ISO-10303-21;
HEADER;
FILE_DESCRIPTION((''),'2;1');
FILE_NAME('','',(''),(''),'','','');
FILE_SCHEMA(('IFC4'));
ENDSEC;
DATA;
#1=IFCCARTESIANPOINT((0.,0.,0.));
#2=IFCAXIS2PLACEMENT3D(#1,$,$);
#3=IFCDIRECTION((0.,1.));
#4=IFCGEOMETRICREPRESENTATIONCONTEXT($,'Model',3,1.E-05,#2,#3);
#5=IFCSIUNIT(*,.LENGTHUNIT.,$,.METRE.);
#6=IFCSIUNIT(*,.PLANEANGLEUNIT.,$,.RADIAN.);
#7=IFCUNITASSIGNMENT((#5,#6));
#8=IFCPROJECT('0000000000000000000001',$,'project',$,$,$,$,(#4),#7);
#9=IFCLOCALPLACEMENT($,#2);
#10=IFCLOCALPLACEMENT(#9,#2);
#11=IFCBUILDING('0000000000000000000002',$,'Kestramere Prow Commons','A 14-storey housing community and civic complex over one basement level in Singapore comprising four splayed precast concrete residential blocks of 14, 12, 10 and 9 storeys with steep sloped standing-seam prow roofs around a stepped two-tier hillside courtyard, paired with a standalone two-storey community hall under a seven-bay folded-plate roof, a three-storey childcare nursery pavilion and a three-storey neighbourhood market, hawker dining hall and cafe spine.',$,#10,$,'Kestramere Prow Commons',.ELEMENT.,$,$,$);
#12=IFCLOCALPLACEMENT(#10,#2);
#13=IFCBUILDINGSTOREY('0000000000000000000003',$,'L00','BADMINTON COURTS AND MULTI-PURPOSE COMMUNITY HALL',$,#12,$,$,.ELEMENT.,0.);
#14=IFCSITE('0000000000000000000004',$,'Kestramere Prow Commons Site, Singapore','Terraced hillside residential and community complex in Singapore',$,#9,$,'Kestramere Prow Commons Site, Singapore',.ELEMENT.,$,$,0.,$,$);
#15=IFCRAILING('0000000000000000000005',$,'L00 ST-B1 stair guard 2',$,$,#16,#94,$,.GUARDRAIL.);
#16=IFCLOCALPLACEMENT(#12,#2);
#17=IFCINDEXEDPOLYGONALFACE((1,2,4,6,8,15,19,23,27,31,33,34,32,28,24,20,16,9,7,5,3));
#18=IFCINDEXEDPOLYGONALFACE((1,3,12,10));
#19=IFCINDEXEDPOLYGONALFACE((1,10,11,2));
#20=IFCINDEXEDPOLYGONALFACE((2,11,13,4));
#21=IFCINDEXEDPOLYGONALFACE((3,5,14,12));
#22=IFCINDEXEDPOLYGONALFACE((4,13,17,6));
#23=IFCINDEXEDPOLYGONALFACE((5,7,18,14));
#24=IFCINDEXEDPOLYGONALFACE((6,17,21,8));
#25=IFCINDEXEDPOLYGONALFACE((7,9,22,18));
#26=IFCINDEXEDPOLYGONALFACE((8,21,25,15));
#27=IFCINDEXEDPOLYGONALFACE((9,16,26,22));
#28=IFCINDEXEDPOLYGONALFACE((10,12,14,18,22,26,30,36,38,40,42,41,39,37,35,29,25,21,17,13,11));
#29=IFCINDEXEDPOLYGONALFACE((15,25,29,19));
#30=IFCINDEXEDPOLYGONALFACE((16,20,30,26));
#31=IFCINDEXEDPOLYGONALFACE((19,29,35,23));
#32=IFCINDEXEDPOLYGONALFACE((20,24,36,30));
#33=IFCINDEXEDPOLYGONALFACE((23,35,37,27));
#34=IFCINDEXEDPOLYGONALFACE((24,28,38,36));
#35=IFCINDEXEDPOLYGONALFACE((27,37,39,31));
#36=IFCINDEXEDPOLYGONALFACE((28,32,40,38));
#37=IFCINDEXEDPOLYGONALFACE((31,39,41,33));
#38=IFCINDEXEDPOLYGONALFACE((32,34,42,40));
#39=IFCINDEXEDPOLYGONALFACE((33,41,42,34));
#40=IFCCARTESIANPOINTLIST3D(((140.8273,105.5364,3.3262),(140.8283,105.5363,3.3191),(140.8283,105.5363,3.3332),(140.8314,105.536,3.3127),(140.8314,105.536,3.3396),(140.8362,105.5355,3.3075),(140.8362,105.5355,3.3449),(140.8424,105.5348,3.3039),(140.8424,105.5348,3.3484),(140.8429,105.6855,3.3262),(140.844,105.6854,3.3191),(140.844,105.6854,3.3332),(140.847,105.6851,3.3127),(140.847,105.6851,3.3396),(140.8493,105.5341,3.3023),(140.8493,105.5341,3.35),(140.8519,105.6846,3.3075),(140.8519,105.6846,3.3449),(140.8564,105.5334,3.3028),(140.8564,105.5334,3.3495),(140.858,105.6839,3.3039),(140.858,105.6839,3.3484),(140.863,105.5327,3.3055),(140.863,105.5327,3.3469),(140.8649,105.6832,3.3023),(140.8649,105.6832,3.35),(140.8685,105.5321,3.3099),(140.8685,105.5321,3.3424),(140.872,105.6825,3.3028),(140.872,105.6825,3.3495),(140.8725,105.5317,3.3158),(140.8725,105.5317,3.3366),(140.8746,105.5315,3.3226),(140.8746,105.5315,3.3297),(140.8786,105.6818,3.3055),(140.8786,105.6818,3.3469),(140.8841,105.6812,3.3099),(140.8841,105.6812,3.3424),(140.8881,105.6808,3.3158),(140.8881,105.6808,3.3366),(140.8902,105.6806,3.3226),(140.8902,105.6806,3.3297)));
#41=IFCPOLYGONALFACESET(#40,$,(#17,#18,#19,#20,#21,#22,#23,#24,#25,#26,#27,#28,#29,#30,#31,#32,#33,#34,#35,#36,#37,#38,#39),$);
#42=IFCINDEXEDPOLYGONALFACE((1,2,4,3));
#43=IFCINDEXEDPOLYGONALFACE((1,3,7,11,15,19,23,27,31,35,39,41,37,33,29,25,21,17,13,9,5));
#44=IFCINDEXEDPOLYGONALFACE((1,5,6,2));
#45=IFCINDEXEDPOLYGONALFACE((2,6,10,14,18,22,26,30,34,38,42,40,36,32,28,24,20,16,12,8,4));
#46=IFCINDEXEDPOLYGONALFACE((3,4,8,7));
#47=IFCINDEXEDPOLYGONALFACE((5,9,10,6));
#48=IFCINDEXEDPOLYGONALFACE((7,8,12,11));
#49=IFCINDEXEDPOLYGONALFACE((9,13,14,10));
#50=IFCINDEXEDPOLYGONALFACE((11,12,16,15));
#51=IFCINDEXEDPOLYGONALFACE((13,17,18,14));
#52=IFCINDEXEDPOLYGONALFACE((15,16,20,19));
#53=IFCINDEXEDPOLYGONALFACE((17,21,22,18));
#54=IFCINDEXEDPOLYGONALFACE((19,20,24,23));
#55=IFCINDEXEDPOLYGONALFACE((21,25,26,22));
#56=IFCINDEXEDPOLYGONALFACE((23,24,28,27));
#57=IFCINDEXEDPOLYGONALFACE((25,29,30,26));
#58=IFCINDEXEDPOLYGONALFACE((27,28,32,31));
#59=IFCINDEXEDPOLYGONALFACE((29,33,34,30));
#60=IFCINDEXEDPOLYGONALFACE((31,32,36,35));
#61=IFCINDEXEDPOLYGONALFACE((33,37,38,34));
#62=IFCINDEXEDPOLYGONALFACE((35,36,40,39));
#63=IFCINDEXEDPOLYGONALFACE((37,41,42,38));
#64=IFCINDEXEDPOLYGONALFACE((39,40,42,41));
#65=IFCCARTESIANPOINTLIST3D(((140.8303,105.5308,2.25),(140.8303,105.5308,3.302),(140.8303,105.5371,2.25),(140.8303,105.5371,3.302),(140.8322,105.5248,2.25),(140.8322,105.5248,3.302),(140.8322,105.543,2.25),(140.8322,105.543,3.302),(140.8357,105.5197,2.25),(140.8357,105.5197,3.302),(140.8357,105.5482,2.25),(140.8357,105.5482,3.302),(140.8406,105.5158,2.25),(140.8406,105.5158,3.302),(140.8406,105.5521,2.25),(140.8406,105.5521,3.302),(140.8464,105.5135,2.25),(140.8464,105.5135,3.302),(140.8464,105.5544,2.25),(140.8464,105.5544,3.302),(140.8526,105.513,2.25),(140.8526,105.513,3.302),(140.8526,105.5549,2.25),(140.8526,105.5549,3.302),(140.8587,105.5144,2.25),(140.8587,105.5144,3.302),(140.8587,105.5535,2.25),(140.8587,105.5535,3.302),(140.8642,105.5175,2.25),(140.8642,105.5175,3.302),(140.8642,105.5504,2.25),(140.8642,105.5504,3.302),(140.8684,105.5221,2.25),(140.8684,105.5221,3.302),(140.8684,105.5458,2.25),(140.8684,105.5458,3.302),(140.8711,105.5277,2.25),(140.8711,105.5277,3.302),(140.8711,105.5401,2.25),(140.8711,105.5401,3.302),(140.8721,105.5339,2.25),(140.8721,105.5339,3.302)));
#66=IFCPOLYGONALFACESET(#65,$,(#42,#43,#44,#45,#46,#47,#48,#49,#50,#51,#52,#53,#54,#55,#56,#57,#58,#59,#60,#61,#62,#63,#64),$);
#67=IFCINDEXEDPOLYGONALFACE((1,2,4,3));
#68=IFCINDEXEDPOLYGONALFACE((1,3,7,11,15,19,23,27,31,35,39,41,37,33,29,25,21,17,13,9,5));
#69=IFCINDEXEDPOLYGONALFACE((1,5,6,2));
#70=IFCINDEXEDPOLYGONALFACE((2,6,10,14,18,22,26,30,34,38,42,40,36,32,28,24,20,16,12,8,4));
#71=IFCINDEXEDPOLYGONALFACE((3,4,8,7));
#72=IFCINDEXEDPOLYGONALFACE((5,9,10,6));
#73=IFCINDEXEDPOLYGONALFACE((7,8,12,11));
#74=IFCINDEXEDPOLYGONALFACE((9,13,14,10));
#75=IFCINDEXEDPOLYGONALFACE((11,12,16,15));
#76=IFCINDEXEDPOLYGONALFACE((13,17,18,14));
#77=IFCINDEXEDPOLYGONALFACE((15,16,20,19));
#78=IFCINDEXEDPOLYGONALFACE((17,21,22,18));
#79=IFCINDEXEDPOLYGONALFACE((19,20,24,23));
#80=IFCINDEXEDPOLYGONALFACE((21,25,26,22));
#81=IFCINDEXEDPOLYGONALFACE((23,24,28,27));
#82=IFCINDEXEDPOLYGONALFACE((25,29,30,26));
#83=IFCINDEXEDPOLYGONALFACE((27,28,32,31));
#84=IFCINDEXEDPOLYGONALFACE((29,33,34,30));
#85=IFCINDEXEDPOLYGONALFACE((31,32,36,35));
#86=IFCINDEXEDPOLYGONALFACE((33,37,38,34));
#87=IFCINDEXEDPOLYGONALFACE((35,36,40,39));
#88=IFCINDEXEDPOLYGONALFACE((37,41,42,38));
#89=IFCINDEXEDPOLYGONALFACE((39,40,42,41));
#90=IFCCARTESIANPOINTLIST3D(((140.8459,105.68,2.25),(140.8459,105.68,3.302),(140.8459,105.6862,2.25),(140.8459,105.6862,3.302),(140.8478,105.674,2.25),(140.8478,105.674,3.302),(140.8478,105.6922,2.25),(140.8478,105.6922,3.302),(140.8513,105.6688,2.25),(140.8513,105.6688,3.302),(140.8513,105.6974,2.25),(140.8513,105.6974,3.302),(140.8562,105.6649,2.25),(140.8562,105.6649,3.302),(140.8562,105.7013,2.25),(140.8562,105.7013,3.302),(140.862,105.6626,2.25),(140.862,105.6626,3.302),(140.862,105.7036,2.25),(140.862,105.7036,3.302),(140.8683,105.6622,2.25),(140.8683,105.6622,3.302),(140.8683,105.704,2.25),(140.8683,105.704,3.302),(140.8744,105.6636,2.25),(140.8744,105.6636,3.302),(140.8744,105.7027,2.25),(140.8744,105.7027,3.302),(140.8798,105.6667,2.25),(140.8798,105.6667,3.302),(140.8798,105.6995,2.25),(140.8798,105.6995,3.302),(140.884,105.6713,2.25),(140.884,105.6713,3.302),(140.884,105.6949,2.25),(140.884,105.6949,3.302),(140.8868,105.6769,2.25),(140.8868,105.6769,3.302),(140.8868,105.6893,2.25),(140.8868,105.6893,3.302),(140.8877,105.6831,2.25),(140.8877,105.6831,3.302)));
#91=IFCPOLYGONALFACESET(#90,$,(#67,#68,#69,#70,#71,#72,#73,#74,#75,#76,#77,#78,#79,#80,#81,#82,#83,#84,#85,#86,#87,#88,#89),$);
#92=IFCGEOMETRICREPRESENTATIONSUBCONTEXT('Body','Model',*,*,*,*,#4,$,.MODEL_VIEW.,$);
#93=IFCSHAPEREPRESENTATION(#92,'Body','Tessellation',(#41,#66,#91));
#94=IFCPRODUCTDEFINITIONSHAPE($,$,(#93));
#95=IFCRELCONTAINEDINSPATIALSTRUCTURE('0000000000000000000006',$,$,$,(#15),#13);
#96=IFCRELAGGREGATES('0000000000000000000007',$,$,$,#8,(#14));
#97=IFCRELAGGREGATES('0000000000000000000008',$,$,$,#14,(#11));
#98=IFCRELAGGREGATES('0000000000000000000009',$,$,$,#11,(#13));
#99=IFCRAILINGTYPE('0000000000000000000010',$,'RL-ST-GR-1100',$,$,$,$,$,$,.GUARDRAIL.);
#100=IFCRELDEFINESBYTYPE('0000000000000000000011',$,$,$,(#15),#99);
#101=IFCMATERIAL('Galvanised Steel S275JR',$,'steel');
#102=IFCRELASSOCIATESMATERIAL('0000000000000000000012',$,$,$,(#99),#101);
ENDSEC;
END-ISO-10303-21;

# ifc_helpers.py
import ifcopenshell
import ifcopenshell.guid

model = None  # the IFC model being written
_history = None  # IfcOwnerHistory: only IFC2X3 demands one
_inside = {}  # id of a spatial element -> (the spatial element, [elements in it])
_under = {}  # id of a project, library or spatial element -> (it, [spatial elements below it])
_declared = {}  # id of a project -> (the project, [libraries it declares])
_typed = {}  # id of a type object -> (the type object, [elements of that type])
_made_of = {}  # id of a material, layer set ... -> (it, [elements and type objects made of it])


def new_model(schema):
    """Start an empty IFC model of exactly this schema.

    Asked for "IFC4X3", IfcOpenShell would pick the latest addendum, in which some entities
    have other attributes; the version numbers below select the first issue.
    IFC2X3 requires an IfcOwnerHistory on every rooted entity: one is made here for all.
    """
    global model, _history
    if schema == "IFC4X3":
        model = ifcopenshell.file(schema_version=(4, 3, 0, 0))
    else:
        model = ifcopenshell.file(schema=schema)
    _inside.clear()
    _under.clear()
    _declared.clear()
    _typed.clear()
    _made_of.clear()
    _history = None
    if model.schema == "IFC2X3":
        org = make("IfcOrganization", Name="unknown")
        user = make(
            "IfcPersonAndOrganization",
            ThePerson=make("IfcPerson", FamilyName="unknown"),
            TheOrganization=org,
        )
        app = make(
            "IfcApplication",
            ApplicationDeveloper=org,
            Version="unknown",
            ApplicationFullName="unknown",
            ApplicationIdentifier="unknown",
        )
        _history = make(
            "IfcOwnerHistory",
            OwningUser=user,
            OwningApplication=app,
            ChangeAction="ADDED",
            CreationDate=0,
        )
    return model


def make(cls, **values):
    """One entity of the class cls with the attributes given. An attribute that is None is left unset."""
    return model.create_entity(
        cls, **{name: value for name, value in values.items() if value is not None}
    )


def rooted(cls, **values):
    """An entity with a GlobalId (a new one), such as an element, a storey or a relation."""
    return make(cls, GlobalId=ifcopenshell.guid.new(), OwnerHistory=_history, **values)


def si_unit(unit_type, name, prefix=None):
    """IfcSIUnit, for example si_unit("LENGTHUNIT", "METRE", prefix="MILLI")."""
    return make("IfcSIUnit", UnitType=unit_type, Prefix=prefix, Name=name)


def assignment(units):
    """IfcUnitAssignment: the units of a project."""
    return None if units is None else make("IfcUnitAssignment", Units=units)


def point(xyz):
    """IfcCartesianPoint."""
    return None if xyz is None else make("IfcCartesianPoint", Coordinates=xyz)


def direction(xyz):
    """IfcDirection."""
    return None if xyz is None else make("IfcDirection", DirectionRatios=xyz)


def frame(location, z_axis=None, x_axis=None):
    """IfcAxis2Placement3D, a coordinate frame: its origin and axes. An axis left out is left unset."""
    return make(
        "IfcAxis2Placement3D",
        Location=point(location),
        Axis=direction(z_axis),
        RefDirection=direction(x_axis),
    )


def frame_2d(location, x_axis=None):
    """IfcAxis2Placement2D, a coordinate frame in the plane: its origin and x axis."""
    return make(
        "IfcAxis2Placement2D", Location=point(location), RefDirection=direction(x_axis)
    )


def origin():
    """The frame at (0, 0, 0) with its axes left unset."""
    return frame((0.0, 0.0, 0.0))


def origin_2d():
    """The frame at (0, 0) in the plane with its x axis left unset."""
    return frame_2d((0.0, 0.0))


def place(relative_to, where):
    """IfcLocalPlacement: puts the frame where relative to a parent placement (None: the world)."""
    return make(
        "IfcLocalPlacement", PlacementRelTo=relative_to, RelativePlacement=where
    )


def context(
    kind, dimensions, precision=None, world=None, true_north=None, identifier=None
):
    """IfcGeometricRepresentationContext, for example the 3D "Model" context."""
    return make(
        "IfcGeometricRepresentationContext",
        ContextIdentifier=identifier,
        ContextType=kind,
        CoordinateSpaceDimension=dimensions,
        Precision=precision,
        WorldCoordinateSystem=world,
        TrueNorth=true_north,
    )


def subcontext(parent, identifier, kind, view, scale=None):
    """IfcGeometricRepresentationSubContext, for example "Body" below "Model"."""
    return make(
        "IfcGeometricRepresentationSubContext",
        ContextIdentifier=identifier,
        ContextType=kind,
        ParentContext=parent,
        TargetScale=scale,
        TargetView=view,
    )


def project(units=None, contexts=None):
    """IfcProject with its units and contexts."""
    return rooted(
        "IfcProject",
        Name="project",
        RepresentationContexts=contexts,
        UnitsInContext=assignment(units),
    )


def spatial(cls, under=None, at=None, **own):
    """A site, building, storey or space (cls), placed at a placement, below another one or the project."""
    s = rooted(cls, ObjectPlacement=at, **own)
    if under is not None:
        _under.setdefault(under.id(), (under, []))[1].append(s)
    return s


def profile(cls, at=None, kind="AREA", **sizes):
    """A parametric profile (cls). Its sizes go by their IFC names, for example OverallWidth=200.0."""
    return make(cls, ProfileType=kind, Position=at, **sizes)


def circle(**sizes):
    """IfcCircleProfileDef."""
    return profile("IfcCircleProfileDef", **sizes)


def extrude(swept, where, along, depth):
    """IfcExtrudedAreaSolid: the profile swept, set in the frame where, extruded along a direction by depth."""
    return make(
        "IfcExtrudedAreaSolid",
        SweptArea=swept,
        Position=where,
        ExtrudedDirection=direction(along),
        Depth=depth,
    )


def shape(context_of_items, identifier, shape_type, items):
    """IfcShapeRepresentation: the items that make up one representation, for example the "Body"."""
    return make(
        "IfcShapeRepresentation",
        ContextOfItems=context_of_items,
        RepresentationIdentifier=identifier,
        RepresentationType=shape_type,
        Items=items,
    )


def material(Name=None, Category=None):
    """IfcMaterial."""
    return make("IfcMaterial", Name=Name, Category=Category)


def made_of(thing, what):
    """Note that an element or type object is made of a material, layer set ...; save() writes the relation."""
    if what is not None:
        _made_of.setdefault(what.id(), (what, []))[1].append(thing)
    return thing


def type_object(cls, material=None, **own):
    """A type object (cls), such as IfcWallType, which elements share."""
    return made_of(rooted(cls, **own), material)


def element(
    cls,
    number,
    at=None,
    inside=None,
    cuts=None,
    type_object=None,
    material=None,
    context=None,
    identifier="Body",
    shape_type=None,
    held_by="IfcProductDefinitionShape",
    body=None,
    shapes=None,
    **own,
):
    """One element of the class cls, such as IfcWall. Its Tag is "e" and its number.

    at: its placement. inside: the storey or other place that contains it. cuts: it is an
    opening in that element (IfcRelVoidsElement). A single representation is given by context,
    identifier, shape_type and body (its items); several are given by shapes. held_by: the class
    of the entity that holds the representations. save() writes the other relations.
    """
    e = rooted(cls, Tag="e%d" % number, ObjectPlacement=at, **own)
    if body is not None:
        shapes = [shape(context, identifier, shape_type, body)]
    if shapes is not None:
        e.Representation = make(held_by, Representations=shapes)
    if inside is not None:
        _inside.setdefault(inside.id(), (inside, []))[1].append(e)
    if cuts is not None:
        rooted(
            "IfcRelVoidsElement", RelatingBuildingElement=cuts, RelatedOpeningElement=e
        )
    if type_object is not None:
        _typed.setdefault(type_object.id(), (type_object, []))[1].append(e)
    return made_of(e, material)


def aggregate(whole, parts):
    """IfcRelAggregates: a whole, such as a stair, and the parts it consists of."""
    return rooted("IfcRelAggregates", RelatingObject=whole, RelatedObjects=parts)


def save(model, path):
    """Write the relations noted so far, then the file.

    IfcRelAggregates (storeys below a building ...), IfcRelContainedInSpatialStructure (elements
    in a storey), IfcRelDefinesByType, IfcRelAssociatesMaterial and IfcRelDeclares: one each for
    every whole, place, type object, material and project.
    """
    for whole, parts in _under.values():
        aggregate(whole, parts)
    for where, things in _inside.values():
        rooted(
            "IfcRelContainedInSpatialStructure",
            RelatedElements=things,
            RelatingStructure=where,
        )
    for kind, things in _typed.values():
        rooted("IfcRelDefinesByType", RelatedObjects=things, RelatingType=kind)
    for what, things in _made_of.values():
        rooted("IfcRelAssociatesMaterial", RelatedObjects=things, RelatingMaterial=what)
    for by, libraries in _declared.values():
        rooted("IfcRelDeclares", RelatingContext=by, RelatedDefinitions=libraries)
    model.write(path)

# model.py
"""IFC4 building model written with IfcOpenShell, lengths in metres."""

from ifc_helpers import new_model, si_unit, direction, frame, origin, origin_2d, place, context, subcontext, project, spatial, circle, extrude, material, type_object, element, save


model = new_model("IFC4")

# Units and contexts
model_context = context("Model", 3, precision=1e-05, world=origin(), true_north=direction((0.0, 1.0)))
body_context = subcontext(model_context, "Body", "Model", "MODEL_VIEW")
ifc_project = project(units=[si_unit("LENGTHUNIT", "METRE"), si_unit("PLANEANGLEUNIT", "RADIAN")], contexts=[model_context])

# Site, building, storey
site_placement = place(None, origin())
site = spatial("IfcSite", under=ifc_project, at=site_placement, Name="Kestramere Prow Commons Site, Singapore", Description="Terraced hillside residential and community complex in Singapore", LongName="Kestramere Prow Commons Site, Singapore", CompositionType="ELEMENT", RefElevation=0.0)
building_placement = place(site_placement, origin())
building = spatial("IfcBuilding", under=site, at=building_placement, Name="Kestramere Prow Commons", Description="A 14-storey housing community and civic complex over one basement level in Singapore comprising four splayed precast concrete residential blocks of 14, 12, 10 and 9 storeys with steep sloped standing-seam prow roofs around a stepped two-tier hillside courtyard, paired with a standalone two-storey community hall under a seven-bay folded-plate roof, a three-storey childcare nursery pavilion and a three-storey neighbourhood market, hawker dining hall and cafe spine.", LongName="Kestramere Prow Commons", CompositionType="ELEMENT")
storey_placement = place(building_placement, origin())
storey = spatial("IfcBuildingStorey", under=building, at=storey_placement, Name="L00", Description="BADMINTON COURTS AND MULTI-PURPOSE COMMUNITY HALL", CompositionType="ELEMENT", Elevation=0.0)

# Railing
ifc_material_1 = material(Name="Galvanised Steel S275JR", Category="steel")
railing_type_1 = type_object("IfcRailingType", Name="RL-ST-GR-1100", PredefinedType="GUARDRAIL", material=ifc_material_1)
railing_1_placement = place(storey_placement, frame((140.8511, 105.5339, 2.25)))
element("IfcRailing", 1, at=railing_1_placement, inside=storey, type_object=railing_type_1, Name="L00 ST-B1 stair guard 2", PredefinedType="GUARDRAIL", context=body_context, shape_type="SweptSolid", body=[
    extrude(circle(Radius=0.0239, at=origin_2d()), frame((0.0, 0.0, 1.0762), z_axis=(0.104176, 0.994559, 0.0), x_axis=(-0.994559, 0.104176, 0.0)), (0.0, 0.0, 1.0), 0.1499),
    extrude(circle(Radius=0.021, at=origin_2d()), origin(), (0.0, 0.0, 1.0), 1.052),
    extrude(circle(Radius=0.021, at=origin_2d()), frame((0.0156, 0.1492, 0.0)), (0.0, 0.0, 1.0), 1.052),
])

save(model, "model.ifc")
